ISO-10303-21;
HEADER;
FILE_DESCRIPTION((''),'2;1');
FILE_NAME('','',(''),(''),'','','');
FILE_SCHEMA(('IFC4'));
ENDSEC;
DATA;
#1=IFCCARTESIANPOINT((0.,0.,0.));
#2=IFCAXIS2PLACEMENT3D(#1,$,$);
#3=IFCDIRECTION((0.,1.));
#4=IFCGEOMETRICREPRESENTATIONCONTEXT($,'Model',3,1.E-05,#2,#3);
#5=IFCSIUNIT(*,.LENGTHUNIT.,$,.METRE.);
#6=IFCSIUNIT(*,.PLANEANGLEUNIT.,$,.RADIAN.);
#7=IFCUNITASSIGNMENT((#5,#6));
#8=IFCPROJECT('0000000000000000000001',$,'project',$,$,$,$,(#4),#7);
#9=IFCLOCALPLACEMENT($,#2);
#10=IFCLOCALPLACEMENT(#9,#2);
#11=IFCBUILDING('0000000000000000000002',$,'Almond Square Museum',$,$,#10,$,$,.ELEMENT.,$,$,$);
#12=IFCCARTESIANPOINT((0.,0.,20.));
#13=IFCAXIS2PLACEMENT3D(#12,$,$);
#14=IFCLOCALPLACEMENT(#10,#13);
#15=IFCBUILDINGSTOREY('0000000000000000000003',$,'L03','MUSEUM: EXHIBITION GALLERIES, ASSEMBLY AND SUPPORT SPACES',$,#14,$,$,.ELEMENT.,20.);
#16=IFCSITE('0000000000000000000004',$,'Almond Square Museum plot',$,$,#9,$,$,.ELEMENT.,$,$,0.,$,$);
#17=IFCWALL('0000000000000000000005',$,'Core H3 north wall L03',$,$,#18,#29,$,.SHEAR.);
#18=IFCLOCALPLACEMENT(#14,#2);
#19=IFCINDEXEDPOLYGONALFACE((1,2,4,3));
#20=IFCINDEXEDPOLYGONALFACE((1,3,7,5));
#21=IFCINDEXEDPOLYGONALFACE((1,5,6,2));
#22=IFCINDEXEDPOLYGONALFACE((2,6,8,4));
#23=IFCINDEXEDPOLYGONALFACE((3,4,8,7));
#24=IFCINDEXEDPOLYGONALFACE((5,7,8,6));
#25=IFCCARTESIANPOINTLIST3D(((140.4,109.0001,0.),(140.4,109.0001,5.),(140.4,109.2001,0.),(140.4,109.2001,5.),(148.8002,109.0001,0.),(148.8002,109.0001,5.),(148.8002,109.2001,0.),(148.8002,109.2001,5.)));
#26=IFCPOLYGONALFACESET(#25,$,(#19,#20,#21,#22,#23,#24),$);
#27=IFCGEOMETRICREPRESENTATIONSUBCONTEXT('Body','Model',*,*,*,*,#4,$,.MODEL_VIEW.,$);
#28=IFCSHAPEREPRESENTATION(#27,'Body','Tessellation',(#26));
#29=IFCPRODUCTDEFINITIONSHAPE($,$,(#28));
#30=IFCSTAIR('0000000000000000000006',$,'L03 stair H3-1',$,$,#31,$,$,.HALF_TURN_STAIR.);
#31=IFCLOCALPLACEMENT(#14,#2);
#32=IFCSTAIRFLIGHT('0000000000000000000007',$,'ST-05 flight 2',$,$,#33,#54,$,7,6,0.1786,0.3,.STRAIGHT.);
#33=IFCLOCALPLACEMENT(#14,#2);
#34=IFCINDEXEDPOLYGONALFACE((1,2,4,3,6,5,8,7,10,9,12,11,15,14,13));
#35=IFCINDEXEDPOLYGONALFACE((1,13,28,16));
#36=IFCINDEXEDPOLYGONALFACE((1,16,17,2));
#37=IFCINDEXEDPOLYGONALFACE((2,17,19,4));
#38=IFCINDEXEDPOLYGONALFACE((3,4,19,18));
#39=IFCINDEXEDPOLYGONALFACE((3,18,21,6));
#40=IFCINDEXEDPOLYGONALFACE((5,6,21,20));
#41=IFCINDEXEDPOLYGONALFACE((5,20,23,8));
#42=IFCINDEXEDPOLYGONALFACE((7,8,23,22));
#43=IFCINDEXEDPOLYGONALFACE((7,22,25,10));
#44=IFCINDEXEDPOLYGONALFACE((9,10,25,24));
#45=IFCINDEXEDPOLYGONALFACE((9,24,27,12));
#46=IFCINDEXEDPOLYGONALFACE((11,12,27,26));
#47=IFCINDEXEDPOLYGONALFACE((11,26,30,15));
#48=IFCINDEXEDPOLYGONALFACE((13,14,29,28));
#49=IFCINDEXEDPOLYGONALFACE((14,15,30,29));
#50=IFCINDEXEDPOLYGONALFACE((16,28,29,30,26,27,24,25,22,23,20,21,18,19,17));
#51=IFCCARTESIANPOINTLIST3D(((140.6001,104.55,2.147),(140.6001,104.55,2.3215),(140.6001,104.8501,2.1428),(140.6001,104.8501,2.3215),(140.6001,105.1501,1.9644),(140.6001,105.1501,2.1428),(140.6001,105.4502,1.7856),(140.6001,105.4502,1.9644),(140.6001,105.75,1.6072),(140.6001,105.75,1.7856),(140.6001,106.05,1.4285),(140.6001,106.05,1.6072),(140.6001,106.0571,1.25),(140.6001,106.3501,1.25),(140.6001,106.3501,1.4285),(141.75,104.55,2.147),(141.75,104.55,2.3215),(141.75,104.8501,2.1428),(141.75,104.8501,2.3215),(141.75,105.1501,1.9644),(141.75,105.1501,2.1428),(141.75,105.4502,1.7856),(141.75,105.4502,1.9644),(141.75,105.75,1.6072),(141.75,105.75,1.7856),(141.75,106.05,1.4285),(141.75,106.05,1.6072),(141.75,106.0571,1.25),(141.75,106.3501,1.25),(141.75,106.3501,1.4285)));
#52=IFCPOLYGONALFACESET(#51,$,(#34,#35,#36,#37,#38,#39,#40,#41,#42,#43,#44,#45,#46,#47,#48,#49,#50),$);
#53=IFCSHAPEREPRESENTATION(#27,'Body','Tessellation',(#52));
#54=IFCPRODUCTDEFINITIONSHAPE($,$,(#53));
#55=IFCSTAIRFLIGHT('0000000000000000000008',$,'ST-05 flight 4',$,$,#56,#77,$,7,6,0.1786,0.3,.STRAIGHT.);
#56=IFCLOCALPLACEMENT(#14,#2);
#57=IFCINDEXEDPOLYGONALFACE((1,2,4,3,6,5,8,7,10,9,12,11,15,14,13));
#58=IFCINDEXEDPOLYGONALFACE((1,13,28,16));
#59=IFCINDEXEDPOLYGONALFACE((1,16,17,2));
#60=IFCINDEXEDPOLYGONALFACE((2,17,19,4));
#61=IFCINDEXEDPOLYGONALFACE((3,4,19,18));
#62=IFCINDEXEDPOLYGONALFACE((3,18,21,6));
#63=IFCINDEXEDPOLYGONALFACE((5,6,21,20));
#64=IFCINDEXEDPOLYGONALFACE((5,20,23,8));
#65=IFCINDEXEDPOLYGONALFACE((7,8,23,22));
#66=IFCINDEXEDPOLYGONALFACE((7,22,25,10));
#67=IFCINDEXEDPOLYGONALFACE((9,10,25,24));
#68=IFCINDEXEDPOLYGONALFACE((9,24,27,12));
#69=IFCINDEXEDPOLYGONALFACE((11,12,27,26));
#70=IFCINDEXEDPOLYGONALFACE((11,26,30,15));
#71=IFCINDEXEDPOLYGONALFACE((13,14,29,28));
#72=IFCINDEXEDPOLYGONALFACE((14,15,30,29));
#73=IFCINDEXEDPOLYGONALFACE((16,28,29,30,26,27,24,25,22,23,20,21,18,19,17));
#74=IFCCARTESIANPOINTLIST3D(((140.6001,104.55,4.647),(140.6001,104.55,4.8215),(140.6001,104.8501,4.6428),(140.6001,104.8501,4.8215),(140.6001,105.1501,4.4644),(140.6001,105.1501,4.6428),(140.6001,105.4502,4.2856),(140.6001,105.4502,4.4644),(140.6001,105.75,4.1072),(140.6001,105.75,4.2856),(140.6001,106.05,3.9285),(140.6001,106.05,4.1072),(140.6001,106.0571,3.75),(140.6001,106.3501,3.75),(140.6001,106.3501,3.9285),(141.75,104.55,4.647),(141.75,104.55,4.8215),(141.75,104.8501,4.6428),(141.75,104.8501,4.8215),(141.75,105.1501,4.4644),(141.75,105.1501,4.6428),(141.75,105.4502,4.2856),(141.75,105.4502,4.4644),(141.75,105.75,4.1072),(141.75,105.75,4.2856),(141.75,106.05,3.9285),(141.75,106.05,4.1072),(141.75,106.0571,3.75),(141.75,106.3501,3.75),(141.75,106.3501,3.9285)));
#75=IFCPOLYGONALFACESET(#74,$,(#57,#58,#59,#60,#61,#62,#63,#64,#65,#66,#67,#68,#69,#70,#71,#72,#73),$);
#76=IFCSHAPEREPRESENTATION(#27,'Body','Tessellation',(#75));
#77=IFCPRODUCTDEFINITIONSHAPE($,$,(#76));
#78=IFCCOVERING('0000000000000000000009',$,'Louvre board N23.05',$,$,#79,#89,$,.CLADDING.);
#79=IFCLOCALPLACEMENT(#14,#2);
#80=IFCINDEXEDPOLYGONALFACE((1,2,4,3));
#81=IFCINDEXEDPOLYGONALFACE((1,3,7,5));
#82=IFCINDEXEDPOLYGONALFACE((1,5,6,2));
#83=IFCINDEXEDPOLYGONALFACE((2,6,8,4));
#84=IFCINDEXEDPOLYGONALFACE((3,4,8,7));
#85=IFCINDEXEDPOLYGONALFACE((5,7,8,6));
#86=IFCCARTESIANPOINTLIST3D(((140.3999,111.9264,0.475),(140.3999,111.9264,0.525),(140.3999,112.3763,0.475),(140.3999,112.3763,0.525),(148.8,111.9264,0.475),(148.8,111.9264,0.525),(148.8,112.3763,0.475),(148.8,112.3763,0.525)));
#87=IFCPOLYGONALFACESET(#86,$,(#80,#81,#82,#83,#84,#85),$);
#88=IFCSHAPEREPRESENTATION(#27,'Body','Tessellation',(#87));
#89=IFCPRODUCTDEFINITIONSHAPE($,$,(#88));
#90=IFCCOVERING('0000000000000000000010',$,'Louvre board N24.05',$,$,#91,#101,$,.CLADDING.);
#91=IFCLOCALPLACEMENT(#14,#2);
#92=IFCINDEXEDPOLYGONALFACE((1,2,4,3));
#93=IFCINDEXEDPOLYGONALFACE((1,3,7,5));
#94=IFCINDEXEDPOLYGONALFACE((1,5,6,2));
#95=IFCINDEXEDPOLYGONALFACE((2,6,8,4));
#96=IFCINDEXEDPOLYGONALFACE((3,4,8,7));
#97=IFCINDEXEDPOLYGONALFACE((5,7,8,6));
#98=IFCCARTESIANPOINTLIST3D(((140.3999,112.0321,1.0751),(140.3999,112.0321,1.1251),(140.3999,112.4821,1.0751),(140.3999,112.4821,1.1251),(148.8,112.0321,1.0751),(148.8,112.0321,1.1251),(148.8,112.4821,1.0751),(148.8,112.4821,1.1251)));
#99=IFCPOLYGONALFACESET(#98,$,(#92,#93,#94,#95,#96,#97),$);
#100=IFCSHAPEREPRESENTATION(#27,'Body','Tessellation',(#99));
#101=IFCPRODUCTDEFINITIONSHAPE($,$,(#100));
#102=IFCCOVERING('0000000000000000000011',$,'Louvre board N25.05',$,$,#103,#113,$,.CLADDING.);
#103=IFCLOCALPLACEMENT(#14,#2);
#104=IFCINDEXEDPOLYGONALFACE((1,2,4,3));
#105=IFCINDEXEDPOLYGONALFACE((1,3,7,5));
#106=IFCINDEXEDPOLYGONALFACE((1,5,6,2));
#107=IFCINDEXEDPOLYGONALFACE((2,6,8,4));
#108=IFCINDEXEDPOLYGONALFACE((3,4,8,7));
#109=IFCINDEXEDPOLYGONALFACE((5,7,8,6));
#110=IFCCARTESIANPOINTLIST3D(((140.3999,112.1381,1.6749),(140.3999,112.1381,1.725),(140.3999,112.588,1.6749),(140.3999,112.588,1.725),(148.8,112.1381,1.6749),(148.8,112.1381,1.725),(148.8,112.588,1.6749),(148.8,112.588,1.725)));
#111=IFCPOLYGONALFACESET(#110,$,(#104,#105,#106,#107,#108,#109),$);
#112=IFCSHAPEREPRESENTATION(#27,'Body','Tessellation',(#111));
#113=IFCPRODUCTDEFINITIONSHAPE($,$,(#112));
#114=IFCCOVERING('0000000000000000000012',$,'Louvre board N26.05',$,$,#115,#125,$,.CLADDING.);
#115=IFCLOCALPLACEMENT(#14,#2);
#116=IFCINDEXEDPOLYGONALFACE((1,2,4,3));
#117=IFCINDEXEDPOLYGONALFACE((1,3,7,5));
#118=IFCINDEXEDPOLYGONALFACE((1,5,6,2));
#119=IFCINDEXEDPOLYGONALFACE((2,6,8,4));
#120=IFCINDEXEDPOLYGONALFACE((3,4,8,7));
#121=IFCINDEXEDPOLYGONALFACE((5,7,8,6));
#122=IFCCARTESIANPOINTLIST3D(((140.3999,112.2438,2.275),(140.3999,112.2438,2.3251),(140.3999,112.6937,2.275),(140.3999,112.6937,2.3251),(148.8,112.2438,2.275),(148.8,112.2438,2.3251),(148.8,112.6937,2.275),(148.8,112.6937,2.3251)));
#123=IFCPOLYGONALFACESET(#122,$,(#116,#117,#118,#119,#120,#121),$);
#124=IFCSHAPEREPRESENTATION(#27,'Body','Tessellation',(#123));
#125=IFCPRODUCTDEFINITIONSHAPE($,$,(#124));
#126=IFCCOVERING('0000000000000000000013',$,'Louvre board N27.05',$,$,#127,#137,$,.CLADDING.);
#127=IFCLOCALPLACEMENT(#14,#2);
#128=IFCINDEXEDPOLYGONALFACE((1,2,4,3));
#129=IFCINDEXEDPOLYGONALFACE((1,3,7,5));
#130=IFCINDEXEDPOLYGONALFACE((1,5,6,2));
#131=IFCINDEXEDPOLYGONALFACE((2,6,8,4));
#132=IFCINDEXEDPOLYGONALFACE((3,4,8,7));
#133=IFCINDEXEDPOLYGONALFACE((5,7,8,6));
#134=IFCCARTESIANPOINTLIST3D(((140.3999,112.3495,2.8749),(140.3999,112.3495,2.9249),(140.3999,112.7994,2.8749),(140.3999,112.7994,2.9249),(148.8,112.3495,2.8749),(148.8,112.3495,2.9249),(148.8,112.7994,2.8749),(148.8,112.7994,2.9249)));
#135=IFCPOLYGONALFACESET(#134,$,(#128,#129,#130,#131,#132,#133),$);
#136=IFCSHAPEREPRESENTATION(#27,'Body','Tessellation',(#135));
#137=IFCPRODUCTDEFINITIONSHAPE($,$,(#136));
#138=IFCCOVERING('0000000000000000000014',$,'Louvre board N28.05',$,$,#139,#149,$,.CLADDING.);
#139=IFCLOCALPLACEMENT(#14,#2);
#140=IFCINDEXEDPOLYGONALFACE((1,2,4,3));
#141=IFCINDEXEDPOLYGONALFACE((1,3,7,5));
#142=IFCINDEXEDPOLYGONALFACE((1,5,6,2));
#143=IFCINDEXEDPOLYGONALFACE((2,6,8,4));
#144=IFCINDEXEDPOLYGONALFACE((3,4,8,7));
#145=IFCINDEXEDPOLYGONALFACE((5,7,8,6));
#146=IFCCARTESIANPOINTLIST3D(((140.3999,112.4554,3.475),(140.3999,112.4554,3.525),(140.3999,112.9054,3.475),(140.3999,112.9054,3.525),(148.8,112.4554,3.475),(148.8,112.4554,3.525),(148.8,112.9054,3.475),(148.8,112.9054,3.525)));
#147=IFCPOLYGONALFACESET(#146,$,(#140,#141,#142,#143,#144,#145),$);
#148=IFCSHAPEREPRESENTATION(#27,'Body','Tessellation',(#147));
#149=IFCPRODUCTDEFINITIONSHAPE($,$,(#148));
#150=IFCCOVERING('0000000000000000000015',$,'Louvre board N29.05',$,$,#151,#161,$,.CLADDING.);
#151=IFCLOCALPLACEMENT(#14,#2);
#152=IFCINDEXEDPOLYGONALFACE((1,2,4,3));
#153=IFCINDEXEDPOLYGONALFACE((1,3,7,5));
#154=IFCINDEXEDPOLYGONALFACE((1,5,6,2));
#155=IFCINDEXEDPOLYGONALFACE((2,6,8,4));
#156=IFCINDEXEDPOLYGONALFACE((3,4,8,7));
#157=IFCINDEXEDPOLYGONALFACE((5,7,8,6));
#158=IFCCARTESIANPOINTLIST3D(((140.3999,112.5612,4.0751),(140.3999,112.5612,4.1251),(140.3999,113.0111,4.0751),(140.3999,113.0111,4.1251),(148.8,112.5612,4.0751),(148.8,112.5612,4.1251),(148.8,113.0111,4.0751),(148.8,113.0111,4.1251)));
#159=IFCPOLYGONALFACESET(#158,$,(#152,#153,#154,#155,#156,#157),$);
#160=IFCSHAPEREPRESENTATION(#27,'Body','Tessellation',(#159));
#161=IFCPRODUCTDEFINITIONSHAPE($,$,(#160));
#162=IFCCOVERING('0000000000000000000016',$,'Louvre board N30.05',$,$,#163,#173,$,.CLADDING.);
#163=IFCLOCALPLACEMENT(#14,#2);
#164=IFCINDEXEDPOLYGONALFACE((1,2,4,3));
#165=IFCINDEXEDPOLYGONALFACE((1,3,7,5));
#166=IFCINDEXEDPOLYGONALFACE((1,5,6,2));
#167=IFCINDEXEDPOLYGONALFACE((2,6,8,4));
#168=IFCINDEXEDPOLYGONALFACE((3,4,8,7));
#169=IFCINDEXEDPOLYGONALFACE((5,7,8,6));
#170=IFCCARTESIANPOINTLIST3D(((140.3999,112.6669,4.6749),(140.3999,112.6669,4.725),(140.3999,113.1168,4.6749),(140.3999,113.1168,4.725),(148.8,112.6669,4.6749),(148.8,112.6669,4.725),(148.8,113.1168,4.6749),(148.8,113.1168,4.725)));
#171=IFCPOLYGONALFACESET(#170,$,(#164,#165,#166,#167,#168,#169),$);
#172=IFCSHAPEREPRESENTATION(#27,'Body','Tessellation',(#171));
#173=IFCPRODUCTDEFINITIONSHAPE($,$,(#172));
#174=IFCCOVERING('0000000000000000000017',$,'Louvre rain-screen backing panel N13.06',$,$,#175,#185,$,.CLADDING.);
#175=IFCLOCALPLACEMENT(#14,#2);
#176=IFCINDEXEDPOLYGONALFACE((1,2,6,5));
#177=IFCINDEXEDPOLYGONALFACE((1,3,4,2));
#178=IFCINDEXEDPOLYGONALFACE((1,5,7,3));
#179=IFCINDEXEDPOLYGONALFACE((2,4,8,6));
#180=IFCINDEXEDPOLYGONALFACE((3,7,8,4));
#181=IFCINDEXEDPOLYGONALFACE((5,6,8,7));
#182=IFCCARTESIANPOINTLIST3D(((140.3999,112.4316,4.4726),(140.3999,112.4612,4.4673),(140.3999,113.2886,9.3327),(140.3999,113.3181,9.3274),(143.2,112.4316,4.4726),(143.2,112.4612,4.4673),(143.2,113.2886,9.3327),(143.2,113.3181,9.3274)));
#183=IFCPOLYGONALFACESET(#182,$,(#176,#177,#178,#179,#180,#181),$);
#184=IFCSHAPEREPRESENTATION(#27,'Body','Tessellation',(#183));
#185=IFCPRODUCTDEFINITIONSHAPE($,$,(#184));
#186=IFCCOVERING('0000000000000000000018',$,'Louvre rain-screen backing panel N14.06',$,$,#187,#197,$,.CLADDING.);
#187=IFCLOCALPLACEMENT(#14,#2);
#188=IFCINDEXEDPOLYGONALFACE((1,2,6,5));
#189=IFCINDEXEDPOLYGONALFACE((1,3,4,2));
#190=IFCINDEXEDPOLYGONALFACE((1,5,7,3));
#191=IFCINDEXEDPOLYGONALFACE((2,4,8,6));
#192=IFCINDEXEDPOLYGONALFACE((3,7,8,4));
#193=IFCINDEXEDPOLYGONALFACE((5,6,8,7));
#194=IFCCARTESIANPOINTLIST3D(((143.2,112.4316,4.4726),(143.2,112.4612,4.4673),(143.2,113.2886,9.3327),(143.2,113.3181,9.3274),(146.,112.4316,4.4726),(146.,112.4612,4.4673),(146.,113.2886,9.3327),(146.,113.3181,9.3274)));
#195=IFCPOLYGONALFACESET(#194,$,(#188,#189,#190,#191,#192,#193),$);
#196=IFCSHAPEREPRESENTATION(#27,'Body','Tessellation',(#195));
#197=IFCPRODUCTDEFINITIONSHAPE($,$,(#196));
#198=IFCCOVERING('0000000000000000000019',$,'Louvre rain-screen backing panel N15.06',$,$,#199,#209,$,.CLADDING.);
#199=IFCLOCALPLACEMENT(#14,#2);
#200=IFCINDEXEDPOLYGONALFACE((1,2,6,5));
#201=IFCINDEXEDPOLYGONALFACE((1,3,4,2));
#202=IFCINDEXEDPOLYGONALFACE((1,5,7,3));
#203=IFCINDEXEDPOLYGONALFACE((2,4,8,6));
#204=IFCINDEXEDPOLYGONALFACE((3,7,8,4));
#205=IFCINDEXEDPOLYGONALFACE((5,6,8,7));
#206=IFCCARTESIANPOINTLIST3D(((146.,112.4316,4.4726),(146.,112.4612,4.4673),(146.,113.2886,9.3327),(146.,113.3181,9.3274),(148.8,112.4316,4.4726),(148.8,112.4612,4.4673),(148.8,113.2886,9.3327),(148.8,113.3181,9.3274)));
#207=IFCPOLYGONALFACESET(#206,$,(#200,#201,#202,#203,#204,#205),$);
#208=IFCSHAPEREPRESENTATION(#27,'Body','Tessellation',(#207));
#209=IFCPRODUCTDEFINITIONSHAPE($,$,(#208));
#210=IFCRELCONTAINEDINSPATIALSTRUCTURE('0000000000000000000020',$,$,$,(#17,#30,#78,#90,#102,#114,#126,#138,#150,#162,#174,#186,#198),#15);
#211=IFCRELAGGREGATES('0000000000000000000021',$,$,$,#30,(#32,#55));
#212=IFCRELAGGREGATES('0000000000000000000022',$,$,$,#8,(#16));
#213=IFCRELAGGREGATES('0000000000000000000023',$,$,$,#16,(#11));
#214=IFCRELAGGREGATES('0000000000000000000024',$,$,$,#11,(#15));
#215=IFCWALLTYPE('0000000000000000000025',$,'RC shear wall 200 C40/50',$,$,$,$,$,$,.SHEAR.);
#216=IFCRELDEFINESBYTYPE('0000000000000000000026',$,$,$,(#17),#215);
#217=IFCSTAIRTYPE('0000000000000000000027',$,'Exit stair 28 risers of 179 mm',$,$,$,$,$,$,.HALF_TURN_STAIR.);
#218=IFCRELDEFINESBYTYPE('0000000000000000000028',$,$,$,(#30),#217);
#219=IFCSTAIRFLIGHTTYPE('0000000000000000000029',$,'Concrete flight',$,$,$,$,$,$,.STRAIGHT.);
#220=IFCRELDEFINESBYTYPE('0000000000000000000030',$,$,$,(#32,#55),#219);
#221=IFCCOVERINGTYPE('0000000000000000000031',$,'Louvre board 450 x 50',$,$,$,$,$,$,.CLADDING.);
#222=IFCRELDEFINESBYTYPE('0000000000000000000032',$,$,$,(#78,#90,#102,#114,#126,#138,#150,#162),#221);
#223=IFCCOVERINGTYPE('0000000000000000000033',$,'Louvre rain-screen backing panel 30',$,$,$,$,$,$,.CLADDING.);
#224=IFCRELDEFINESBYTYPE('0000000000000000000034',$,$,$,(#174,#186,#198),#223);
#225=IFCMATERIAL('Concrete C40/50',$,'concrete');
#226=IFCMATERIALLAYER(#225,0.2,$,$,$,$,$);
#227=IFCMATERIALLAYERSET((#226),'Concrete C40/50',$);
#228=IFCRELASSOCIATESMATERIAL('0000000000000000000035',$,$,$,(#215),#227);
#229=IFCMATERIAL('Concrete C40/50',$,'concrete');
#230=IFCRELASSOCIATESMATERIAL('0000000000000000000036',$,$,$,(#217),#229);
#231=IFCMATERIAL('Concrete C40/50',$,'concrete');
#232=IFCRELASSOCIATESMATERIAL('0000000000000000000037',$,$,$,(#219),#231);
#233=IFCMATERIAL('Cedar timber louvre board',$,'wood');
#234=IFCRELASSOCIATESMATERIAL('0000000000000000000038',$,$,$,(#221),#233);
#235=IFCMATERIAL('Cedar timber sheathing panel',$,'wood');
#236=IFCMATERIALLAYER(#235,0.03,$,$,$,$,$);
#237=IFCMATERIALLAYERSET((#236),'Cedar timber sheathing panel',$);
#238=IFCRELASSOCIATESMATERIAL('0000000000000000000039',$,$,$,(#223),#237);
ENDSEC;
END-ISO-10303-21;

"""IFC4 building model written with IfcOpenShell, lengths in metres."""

from ifc_helpers import new_model, si_unit, direction, frame, frame_2d, origin, origin_2d, place, context, subcontext, project, spatial, polyline, rectangle, outline, extrude, material, layer, layer_set, material_profile, profile_set, type_object, element, aggregate, save


model = new_model("IFC4")

# Units and contexts
model_context = context("Model", 3, precision=1e-05, world=origin(), true_north=direction((0.0, 1.0)))
body_context = subcontext(model_context, "Body", "Model", "MODEL_VIEW")
ifc_project = project(units=[si_unit("LENGTHUNIT", "METRE"), si_unit("PLANEANGLEUNIT", "RADIAN")], contexts=[model_context])

# Site, building, storey
site_placement = place(None, origin())
site = spatial("IfcSite", under=ifc_project, at=site_placement, Name="Almond Square Museum plot", CompositionType="ELEMENT", RefElevation=0.0)
building_placement = place(site_placement, origin())
building = spatial("IfcBuilding", under=site, at=building_placement, Name="Almond Square Museum", CompositionType="ELEMENT")
storey_placement = place(building_placement, frame((0.0, 0.0, 20.0)))
storey = spatial("IfcBuildingStorey", under=building, at=storey_placement, Name="L03", Description="MUSEUM: EXHIBITION GALLERIES, ASSEMBLY AND SUPPORT SPACES", CompositionType="ELEMENT", Elevation=20.0)

# Wall
ifc_material_1 = material(Name="Concrete C40/50", Category="concrete")
ifc_layer_1 = layer(ifc_material_1, 0.2)
ifc_layer_set_1 = layer_set([ifc_layer_1], Name="Concrete C40/50")
wall_type = type_object("IfcWallType", Name="RC shear wall 200 C40/50", PredefinedType="SHEAR", material=ifc_layer_set_1)
wall_placement = place(storey_placement, frame((140.3999, 109.1001, 0.0), z_axis=(0.0, 0.0, 1.0), x_axis=(1.0, 0.0, 0.0)))
element("IfcWall", 1, at=wall_placement, inside=storey, type_object=wall_type, Name="Core H3 north wall L03", PredefinedType="SHEAR", context=body_context, shape_type="SweptSolid", body=[
    extrude(rectangle(XDim=8.4001, YDim=0.2, at=frame_2d((4.2002, 0.0))), origin(), (0.0, 0.0, 1.0), 5.0),
])

# Stair, stair flights
ifc_material_2 = material(Name="Concrete C40/50", Category="concrete")
stair_type = type_object("IfcStairType", Name="Exit stair 28 risers of 179 mm", PredefinedType="HALF_TURN_STAIR", material=ifc_material_2)
stair_placement = place(storey_placement, origin())
stair = element("IfcStair", 2, at=stair_placement, inside=storey, type_object=stair_type, Name="L03 stair H3-1", PredefinedType="HALF_TURN_STAIR")
ifc_material_3 = material(Name="Concrete C40/50", Category="concrete")
stair_flight_type = type_object("IfcStairFlightType", Name="Concrete flight", PredefinedType="STRAIGHT", material=ifc_material_3)
stair_flight_1_placement = place(storey_placement, frame((141.175, 106.3501, 1.25), z_axis=(0.0, 0.0, 1.0), x_axis=(0.0, -1.0, 0.0)))
stair_flight_1 = element("IfcStairFlight", 3, at=stair_flight_1_placement, type_object=stair_flight_type, Name="ST-05 flight 2", NumberOfRisers=7, NumberOfTreads=6, PredefinedType="STRAIGHT", RiserHeight=0.1786, TreadLength=0.3, context=body_context, shape_type="SweptSolid", body=[
    extrude(outline(polyline([(0.0, 0.0), (0.0, 0.1785), (0.3, 0.1785), (0.3, 0.3572), (0.6001, 0.3572), (0.6001, 0.5356), (0.8999, 0.5356), (0.8999, 0.7144), (1.2, 0.7144), (1.2, 0.8928), (1.5, 0.8928), (1.5, 1.0715), (1.8, 1.0715), (1.8, 1.25), (1.8, 0.897), (0.293, 0.0), (0.0, 0.0)])), frame((0.0, 0.575, 0.0), z_axis=(0.0, -1.0, 0.0), x_axis=(1.0, 0.0, 0.0)), (0.0, 0.0, 1.0), 1.1499),
])
stair_flight_2_placement = place(storey_placement, frame((141.175, 106.3501, 3.75), z_axis=(0.0, 0.0, 1.0), x_axis=(0.0, -1.0, 0.0)))
stair_flight_2 = element("IfcStairFlight", 4, at=stair_flight_2_placement, type_object=stair_flight_type, Name="ST-05 flight 4", NumberOfRisers=7, NumberOfTreads=6, PredefinedType="STRAIGHT", RiserHeight=0.1786, TreadLength=0.3, context=body_context, shape_type="SweptSolid", body=[
    extrude(outline(polyline([(0.0, 0.0), (0.0, 0.1785), (0.3, 0.1785), (0.3, 0.3572), (0.6001, 0.3572), (0.6001, 0.5356), (0.8999, 0.5356), (0.8999, 0.7144), (1.2, 0.7144), (1.2, 0.8928), (1.5, 0.8928), (1.5, 1.0715), (1.8, 1.0715), (1.8, 1.25), (1.8, 0.897), (0.293, 0.0), (0.0, 0.0)])), frame((0.0, 0.575, 0.0), z_axis=(0.0, -1.0, 0.0), x_axis=(1.0, 0.0, 0.0)), (0.0, 0.0, 1.0), 1.1499),
])
aggregate(stair, [stair_flight_1, stair_flight_2])

# Coverings
ifc_material_4 = material(Name="Cedar timber louvre board", Category="wood")
ifc_material_profile = material_profile(ifc_material_4, rectangle(XDim=0.45, YDim=0.05, at=origin_2d()))
ifc_profile_set = profile_set([ifc_material_profile], Name="Cedar timber louvre board")
covering_type_1 = type_object("IfcCoveringType", Name="Louvre board 450 x 50", PredefinedType="CLADDING", material=ifc_profile_set)
for number, where, z_axis, x_axis, name in (
    (5, (140.3999, 112.1514, 0.5), (1.0, 0.0, 0.0), (0.0, 1.0, 0.0), "Louvre board N23.05"),
    (6, (140.3999, 112.2571, 1.1001), (1.0, 0.0, 0.0), (0.0, 1.0, 0.0), "Louvre board N24.05"),
    (7, (140.3999, 112.363, 1.7), (1.0, 0.0, 0.0), (0.0, 1.0, 0.0), "Louvre board N25.05"),
    (8, (140.3999, 112.4688, 2.3), (1.0, 0.0, 0.0), (0.0, 1.0, 0.0), "Louvre board N26.05"),
    (9, (140.3999, 112.5745, 2.8999), (1.0, 0.0, 0.0), (0.0, 1.0, 0.0), "Louvre board N27.05"),
    (10, (140.3999, 112.6804, 3.5), (1.0, 0.0, 0.0), (0.0, 1.0, 0.0), "Louvre board N28.05"),
    (11, (140.3999, 112.7861, 4.1001), (1.0, 0.0, 0.0), (0.0, 1.0, 0.0), "Louvre board N29.05"),
    (12, (140.3999, 112.8918, 4.7), (1.0, 0.0, 0.0), (0.0, 1.0, 0.0), "Louvre board N30.05"),
):
    element("IfcCovering", number, at=place(storey_placement, frame(where, z_axis=z_axis, x_axis=x_axis)), inside=storey, type_object=covering_type_1, Name=name, PredefinedType="CLADDING", context=body_context, shape_type="SweptSolid", body=[
        extrude(rectangle(XDim=0.45, YDim=0.05, at=origin_2d()), origin(), (0.0, 0.0, 1.0), 8.4001),
    ])
ifc_material_5 = material(Name="Cedar timber sheathing panel", Category="wood")
ifc_layer_2 = layer(ifc_material_5, 0.03)
ifc_layer_set_2 = layer_set([ifc_layer_2], Name="Cedar timber sheathing panel")
covering_type_2 = type_object("IfcCoveringType", Name="Louvre rain-screen backing panel 30", PredefinedType="CLADDING", material=ifc_layer_set_2)
for number, where, z_axis, x_axis, name in (
    (13, (140.3999, 112.4463, 4.47), (0.0, -0.984809, 0.173641), (1.0, 0.0, 0.0), "Louvre rain-screen backing panel N13.06"),
    (14, (143.2, 112.4463, 4.47), (0.0, -0.984809, 0.173641), (1.0, 0.0, 0.0), "Louvre rain-screen backing panel N14.06"),
    (15, (146.0, 112.4463, 4.47), (0.0, -0.984809, 0.173641), (1.0, 0.0, 0.0), "Louvre rain-screen backing panel N15.06"),
):
    element("IfcCovering", number, at=place(storey_placement, frame(where, z_axis=z_axis, x_axis=x_axis)), inside=storey, type_object=covering_type_2, Name=name, PredefinedType="CLADDING", context=body_context, shape_type="SweptSolid", body=[
        extrude(outline(polyline([(0.0, 0.0), (2.8, 0.0), (2.8, 4.9351), (0.0, 4.9351), (0.0, 0.0)])), frame((0.0, 0.0, -0.0151)), (0.0, 0.0, 1.0), 0.03),
    ])

save(model, "model.ifc")
